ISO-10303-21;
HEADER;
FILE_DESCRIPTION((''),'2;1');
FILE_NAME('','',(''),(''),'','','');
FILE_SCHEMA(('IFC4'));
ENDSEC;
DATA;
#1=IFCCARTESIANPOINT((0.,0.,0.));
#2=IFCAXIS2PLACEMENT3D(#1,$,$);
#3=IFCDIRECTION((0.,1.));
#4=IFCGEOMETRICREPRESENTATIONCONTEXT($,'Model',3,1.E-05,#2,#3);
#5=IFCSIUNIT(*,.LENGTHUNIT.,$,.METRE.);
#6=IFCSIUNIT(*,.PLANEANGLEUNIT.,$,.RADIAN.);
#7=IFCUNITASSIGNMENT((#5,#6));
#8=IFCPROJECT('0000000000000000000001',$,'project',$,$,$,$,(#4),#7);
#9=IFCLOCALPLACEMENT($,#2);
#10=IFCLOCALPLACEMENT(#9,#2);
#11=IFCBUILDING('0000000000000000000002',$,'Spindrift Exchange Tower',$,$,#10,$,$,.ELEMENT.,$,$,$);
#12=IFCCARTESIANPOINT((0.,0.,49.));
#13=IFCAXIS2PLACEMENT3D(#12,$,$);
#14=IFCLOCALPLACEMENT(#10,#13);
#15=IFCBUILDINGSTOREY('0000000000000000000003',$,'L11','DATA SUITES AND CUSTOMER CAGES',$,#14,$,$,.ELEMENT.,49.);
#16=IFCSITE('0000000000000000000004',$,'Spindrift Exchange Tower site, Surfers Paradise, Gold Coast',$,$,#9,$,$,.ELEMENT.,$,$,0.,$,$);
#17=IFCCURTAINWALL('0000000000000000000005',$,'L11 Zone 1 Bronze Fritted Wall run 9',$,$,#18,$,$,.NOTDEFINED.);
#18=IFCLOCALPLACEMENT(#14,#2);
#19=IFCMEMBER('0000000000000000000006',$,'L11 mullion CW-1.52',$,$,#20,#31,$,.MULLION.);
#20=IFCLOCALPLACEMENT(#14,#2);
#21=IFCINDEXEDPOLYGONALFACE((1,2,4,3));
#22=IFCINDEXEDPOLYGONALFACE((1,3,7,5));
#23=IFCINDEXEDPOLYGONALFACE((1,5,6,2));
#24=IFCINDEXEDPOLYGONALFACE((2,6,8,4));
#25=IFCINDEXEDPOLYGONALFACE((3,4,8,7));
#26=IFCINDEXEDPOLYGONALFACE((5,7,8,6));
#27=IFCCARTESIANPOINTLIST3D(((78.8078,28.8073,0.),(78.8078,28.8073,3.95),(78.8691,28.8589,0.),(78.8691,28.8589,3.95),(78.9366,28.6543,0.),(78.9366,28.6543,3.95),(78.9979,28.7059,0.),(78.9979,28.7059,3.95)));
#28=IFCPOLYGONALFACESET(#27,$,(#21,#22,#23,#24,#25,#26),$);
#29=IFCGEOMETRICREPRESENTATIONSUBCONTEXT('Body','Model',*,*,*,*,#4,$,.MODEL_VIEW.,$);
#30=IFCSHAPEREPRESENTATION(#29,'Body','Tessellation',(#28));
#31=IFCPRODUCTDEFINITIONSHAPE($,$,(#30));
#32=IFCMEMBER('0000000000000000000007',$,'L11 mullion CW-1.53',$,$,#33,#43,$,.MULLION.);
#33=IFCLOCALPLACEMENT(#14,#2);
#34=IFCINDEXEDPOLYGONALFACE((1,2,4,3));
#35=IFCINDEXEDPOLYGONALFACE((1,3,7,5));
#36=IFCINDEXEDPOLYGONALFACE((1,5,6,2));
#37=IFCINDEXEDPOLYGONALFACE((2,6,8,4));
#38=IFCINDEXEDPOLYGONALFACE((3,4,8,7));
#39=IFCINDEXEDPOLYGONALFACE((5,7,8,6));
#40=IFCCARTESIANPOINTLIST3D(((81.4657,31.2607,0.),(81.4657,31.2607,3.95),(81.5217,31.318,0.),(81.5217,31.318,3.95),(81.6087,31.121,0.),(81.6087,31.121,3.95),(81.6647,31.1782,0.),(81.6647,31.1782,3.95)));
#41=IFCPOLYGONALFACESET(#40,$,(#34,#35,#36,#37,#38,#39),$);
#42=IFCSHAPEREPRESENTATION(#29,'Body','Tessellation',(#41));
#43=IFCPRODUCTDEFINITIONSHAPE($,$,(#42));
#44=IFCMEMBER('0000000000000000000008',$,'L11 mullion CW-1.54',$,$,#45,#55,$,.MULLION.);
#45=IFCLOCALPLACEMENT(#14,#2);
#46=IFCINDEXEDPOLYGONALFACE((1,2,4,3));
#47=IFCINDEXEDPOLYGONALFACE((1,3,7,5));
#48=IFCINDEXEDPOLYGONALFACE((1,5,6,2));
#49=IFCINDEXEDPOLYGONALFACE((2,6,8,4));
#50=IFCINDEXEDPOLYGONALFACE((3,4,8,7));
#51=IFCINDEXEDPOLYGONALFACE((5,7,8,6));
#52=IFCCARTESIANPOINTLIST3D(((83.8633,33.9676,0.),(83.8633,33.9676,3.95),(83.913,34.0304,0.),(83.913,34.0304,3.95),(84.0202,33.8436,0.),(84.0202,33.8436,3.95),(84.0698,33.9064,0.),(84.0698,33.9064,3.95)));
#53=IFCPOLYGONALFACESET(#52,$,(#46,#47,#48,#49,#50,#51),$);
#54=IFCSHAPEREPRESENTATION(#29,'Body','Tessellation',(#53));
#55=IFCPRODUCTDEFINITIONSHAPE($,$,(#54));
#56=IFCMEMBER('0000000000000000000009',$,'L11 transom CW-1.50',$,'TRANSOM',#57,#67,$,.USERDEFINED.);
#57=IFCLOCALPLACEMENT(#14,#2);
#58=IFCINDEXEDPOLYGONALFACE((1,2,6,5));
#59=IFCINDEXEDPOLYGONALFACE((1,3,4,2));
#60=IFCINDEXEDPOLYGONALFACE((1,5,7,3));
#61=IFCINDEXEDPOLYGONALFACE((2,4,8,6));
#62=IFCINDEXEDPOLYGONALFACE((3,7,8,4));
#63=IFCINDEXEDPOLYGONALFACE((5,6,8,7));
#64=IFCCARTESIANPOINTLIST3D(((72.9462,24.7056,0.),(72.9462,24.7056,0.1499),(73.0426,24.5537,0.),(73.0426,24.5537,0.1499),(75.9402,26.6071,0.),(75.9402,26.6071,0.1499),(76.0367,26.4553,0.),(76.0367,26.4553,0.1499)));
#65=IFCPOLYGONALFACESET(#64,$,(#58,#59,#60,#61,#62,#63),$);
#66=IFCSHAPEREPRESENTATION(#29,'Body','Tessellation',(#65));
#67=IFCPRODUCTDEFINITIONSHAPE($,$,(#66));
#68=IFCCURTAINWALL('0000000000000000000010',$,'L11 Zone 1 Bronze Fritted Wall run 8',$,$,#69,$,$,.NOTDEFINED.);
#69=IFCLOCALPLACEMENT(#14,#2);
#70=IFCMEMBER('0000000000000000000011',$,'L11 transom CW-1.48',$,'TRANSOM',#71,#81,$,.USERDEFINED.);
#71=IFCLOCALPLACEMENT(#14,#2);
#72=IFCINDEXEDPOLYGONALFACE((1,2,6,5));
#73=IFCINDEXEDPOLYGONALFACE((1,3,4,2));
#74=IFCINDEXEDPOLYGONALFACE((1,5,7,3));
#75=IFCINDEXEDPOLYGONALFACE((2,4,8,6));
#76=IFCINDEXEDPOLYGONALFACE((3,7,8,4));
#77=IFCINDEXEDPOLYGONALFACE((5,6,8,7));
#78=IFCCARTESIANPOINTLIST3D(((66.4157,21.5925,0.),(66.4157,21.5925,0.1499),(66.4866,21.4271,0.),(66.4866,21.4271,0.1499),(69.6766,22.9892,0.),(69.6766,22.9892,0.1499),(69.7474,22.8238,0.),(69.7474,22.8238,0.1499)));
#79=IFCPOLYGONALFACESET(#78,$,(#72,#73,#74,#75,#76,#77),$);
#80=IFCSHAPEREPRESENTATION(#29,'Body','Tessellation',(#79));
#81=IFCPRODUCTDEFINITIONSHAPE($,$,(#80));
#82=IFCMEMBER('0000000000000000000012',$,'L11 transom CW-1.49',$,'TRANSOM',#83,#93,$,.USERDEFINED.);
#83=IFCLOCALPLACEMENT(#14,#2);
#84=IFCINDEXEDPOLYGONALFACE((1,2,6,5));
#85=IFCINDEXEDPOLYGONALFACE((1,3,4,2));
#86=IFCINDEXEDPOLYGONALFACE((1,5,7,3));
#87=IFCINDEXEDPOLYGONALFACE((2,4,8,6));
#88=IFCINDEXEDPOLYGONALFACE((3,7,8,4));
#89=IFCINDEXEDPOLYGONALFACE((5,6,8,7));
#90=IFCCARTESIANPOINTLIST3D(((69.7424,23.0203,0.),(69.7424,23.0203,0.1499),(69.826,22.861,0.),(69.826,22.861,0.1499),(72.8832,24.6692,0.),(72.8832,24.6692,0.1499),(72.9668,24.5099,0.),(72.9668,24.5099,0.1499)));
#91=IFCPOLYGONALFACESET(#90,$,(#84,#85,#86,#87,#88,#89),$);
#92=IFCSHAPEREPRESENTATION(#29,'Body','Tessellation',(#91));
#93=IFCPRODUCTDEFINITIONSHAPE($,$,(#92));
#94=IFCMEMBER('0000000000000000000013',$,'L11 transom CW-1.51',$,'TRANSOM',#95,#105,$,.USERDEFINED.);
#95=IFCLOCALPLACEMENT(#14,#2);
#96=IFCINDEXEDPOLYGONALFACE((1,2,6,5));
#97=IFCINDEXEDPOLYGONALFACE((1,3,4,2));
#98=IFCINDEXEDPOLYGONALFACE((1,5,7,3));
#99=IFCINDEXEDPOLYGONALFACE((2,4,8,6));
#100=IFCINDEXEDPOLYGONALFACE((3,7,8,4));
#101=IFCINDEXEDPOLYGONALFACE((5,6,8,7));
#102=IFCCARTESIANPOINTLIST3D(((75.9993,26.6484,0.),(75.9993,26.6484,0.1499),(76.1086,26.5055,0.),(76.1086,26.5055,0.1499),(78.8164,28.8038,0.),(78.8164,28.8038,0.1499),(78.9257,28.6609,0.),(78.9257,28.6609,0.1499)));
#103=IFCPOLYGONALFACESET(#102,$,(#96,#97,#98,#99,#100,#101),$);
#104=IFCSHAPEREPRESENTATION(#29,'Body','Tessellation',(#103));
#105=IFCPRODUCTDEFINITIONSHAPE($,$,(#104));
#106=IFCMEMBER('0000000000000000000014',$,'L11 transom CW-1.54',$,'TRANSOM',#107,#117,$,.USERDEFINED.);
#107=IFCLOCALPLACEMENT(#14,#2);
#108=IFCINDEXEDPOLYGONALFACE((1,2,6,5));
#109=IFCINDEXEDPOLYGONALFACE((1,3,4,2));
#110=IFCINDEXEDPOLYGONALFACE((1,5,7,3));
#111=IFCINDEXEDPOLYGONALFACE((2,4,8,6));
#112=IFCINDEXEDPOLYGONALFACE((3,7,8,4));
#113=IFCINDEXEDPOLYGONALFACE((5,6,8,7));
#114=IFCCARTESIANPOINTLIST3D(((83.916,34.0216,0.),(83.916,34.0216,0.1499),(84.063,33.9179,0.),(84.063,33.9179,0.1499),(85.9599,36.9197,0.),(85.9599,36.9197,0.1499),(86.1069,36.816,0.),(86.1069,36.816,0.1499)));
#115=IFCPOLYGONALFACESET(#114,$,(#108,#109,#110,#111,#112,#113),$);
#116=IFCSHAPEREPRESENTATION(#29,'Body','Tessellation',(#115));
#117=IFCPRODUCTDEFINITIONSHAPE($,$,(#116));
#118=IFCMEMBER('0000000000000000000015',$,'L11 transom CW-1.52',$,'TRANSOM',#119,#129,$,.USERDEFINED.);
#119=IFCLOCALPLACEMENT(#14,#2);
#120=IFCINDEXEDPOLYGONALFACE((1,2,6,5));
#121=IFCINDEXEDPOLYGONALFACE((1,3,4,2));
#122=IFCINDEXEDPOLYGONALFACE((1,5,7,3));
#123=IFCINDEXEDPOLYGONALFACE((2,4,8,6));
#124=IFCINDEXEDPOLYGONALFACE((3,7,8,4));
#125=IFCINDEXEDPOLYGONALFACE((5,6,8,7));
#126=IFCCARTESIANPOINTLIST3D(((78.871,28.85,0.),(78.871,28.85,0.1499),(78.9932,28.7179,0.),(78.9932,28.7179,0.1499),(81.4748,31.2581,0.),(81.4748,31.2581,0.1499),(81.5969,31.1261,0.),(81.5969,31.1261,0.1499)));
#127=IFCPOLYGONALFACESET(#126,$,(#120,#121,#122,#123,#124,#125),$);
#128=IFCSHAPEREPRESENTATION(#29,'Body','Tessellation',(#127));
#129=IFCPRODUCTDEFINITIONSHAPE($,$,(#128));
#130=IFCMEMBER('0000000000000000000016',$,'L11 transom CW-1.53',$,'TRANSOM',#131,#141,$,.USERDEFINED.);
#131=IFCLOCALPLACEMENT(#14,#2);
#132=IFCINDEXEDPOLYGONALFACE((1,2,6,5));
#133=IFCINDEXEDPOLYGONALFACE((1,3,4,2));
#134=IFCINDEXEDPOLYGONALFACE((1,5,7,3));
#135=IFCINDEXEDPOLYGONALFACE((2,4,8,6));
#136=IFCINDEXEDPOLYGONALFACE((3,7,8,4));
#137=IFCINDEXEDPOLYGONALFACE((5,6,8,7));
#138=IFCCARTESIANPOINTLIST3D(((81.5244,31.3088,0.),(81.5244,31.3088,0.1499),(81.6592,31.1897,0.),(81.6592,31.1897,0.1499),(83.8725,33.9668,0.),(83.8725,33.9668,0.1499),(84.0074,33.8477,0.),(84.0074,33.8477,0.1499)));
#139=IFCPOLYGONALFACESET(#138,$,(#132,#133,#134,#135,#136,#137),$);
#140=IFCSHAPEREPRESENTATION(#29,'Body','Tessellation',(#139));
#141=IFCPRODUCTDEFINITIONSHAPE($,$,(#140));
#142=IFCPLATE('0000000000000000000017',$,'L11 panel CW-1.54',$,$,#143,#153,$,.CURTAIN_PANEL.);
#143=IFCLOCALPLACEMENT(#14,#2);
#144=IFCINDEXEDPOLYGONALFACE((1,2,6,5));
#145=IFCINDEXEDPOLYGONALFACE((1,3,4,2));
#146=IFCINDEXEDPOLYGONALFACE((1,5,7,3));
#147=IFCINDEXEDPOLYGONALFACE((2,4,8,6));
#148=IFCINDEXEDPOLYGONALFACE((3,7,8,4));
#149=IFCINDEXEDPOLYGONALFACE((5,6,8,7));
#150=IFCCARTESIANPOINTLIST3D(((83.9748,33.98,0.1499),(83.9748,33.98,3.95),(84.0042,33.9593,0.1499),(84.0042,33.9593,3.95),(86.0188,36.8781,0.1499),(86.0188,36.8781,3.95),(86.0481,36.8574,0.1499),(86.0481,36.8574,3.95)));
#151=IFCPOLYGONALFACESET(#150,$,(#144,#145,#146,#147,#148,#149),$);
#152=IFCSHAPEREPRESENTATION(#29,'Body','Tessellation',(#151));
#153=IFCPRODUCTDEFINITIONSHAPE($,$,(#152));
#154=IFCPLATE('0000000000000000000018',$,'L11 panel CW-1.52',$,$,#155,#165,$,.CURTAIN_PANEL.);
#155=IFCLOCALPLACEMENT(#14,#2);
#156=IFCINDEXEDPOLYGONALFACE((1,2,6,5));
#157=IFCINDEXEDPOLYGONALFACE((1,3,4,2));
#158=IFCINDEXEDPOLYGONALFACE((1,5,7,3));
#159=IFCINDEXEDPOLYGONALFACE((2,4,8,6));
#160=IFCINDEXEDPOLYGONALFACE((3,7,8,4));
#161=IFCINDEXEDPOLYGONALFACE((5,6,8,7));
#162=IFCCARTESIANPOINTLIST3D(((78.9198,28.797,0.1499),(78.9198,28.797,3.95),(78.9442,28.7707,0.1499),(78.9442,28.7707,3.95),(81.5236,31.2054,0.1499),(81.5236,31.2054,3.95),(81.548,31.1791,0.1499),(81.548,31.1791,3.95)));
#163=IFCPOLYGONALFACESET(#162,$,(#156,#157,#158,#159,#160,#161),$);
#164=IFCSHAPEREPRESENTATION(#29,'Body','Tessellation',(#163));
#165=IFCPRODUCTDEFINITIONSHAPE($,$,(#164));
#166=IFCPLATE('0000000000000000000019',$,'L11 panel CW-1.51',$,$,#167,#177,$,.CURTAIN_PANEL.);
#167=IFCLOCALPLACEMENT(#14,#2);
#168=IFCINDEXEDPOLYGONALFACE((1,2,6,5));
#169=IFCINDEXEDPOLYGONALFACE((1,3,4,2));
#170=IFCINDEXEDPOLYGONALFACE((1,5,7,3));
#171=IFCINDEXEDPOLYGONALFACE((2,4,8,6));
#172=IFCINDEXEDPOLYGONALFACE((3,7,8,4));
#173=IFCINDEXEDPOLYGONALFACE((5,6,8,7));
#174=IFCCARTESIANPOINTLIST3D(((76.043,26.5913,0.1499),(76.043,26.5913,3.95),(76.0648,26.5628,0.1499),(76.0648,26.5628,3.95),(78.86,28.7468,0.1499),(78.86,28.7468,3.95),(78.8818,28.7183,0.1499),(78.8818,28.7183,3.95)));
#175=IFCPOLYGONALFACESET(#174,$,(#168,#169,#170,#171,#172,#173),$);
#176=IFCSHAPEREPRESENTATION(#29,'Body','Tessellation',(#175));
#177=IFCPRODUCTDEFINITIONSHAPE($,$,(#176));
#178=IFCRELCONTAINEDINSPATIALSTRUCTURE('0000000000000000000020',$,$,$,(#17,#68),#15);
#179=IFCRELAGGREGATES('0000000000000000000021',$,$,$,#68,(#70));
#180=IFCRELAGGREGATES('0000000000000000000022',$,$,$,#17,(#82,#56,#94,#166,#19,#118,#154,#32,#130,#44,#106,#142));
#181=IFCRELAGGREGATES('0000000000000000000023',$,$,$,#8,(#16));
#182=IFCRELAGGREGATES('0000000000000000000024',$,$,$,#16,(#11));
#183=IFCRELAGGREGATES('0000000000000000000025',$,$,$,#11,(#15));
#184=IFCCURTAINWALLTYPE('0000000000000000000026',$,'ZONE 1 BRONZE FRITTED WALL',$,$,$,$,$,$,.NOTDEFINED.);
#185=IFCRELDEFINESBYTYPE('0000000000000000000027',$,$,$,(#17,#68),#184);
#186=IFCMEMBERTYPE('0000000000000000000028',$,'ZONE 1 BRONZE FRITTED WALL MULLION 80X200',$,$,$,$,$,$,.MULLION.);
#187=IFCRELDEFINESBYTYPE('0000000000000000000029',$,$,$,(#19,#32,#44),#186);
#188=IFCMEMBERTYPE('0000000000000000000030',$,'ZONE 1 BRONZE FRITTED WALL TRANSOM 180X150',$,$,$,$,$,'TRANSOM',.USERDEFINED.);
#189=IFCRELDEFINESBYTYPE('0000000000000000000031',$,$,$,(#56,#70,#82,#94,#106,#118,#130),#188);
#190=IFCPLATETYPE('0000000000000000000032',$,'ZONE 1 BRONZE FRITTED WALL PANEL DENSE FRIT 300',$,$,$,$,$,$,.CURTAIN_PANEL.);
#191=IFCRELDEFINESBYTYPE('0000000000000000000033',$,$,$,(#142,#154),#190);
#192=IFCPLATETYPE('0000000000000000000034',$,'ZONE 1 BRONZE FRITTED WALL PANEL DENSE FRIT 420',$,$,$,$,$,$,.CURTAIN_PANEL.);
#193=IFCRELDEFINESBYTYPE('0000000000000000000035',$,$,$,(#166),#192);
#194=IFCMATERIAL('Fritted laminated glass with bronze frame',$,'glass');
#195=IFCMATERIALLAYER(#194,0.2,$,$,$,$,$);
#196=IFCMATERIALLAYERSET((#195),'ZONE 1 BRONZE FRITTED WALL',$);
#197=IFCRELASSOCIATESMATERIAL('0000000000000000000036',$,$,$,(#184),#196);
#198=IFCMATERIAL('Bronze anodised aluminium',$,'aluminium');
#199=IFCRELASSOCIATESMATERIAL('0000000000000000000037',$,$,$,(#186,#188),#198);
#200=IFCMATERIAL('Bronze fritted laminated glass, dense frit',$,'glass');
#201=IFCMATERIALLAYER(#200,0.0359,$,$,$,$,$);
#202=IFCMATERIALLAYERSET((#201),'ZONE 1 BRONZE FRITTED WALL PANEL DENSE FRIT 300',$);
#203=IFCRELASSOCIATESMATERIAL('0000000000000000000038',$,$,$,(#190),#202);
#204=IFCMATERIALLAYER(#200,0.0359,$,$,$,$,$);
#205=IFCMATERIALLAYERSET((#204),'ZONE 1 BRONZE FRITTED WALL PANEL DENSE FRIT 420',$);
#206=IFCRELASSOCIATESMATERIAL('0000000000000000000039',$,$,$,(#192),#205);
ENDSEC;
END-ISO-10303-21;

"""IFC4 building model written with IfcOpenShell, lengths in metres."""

from ifc_helpers import new_model, si_unit, direction, frame, origin, origin_2d, place, context, subcontext, project, spatial, rectangle, extrude, source, transform, mapped, material, layer, layer_set, material_profile, profile_set, type_object, element, aggregate, save


model = new_model("IFC4")

# Units and contexts
model_context = context("Model", 3, precision=1e-05, world=origin(), true_north=direction((0.0, 1.0)))
body_context = subcontext(model_context, "Body", "Model", "MODEL_VIEW")
ifc_project = project(units=[si_unit("LENGTHUNIT", "METRE"), si_unit("PLANEANGLEUNIT", "RADIAN")], contexts=[model_context])

# Site, building, storey
site_placement = place(None, origin())
site = spatial("IfcSite", under=ifc_project, at=site_placement, Name="Spindrift Exchange Tower site, Surfers Paradise, Gold Coast", CompositionType="ELEMENT", RefElevation=0.0)
building_placement = place(site_placement, origin())
building = spatial("IfcBuilding", under=site, at=building_placement, Name="Spindrift Exchange Tower", CompositionType="ELEMENT")
storey_placement = place(building_placement, frame((0.0, 0.0, 49.0)))
storey = spatial("IfcBuildingStorey", under=building, at=storey_placement, Name="L11", Description="DATA SUITES AND CUSTOMER CAGES", CompositionType="ELEMENT", Elevation=49.0)

# Curtain wall, members
ifc_material_1 = material(Name="Fritted laminated glass with bronze frame", Category="glass")
ifc_layer_1 = layer(ifc_material_1, 0.2)
ifc_layer_set_1 = layer_set([ifc_layer_1], Name="ZONE 1 BRONZE FRITTED WALL")
curtain_wall_type = type_object("IfcCurtainWallType", Name="ZONE 1 BRONZE FRITTED WALL", PredefinedType="NOTDEFINED", material=ifc_layer_set_1)
curtain_wall_1_placement = place(storey_placement, origin())
curtain_wall_1 = element("IfcCurtainWall", 1, at=curtain_wall_1_placement, inside=storey, type_object=curtain_wall_type, Name="L11 Zone 1 Bronze Fritted Wall run 9", PredefinedType="NOTDEFINED")
ifc_material_2 = material(Name="Bronze anodised aluminium", Category="aluminium")
ifc_material_profile_1 = material_profile(ifc_material_2, rectangle(XDim=0.0801, YDim=0.2, at=origin_2d()), Name="ZONE 1 BRONZE FRITTED WALL MULLION 80X200")
ifc_profile_set_1 = profile_set([ifc_material_profile_1], Name="Bronze anodised aluminium")
member_type_1 = type_object("IfcMemberType", Name="ZONE 1 BRONZE FRITTED WALL MULLION 80X200", PredefinedType="MULLION", material=ifc_profile_set_1)
shared_shape_1 = source(origin(), body_context, "Body", "SweptSolid", [
    extrude(rectangle(XDim=0.0801, YDim=0.2, at=origin_2d()), origin(), (0.0, 0.0, 1.0), 3.95),
])
member_1_placement = place(storey_placement, frame((78.9028, 28.7566, 0.0), z_axis=(0.0, 0.0, 1.0), x_axis=(0.764985, 0.644049, 0.0)))
member_1 = element("IfcMember", 2, at=member_1_placement, type_object=member_type_1, Name="L11 mullion CW-1.52", PredefinedType="MULLION", context=body_context, shape_type="MappedRepresentation", body=[
    mapped(shared_shape_1, transform((0.0, 0.0, 0.0), scale=1.0)),
])
member_2_placement = place(storey_placement, frame((81.5652, 31.2195, 0.0), z_axis=(0.0, 0.0, 1.0), x_axis=(0.699005, 0.715117, 0.0)))
member_2 = element("IfcMember", 3, at=member_2_placement, type_object=member_type_1, Name="L11 mullion CW-1.53", PredefinedType="MULLION", context=body_context, shape_type="MappedRepresentation", body=[
    mapped(shared_shape_1, transform((0.0, 0.0, 0.0), scale=1.0)),
])
member_3_placement = place(storey_placement, frame((83.9666, 33.937, 0.0), z_axis=(0.0, 0.0, 1.0), x_axis=(0.620163, 0.784473, 0.0)))
member_3 = element("IfcMember", 4, at=member_3_placement, type_object=member_type_1, Name="L11 mullion CW-1.54", PredefinedType="MULLION", context=body_context, shape_type="MappedRepresentation", body=[
    mapped(shared_shape_1, transform((0.0, 0.0, 0.0), scale=1.0)),
])
ifc_material_profile_2 = material_profile(ifc_material_2, rectangle(XDim=0.1799, YDim=0.1499, at=origin_2d()), Name="ZONE 1 BRONZE FRITTED WALL TRANSOM 180X150")
ifc_profile_set_2 = profile_set([ifc_material_profile_2], Name="Bronze anodised aluminium")
member_type_2 = type_object("IfcMemberType", Name="ZONE 1 BRONZE FRITTED WALL TRANSOM 180X150", ElementType="TRANSOM", PredefinedType="USERDEFINED", material=ifc_profile_set_2)
shared_shape_2 = source(origin(), body_context, "Body", "SweptSolid", [
    extrude(rectangle(XDim=0.1799, YDim=0.1499, at=origin_2d()), origin(), (0.0, 0.0, 1.0), 3.5469),
])
member_4_placement = place(storey_placement, frame((72.9944, 24.6296, 0.075), z_axis=(0.84414, 0.536123, 0.0), x_axis=(-0.536123, 0.84414, 0.0)))
member_4 = element("IfcMember", 5, at=member_4_placement, type_object=member_type_2, Name="L11 transom CW-1.50", ObjectType="TRANSOM", PredefinedType="USERDEFINED", context=body_context, shape_type="MappedRepresentation", body=[
    mapped(shared_shape_2, transform((0.0, 0.0, 0.0), scale=1.0)),
])

# Curtain wall, member
curtain_wall_2_placement = place(storey_placement, origin())
curtain_wall_2 = element("IfcCurtainWall", 6, at=curtain_wall_2_placement, inside=storey, type_object=curtain_wall_type, Name="L11 Zone 1 Bronze Fritted Wall run 8", PredefinedType="NOTDEFINED")
shared_shape_3 = source(origin(), body_context, "Body", "SweptSolid", [
    extrude(rectangle(XDim=0.1799, YDim=0.1499, at=origin_2d()), origin(), (0.0, 0.0, 1.0), 3.5474),
])
member_5_placement = place(storey_placement, frame((66.4512, 21.5098, 0.075), z_axis=(0.91922, 0.393745, 0.0), x_axis=(-0.393745, 0.91922, 0.0)))
member_5 = element("IfcMember", 7, at=member_5_placement, type_object=member_type_2, Name="L11 transom CW-1.48", ObjectType="TRANSOM", PredefinedType="USERDEFINED", context=body_context, shape_type="MappedRepresentation", body=[
    mapped(shared_shape_3, transform((0.0, 0.0, 0.0), scale=1.0)),
])

# Members
member_6_placement = place(storey_placement, frame((69.7842, 22.9407, 0.075), z_axis=(0.885401, 0.464827, 0.0), x_axis=(-0.464827, 0.885401, 0.0)))
member_6 = element("IfcMember", 8, at=member_6_placement, type_object=member_type_2, Name="L11 transom CW-1.49", ObjectType="TRANSOM", PredefinedType="USERDEFINED", context=body_context, shape_type="MappedRepresentation", body=[
    mapped(shared_shape_3, transform((0.0, 0.0, 0.0), scale=1.0)),
])
shared_shape_4 = source(origin(), body_context, "Body", "SweptSolid", [
    extrude(rectangle(XDim=0.1799, YDim=0.1499, at=origin_2d()), origin(), (0.0, 0.0, 1.0), 3.5471),
])
member_7_placement = place(storey_placement, frame((76.054, 26.5769, 0.075), z_axis=(0.79419, 0.60767, 0.0), x_axis=(-0.60767, 0.79419, 0.0)))
member_7 = element("IfcMember", 9, at=member_7_placement, type_object=member_type_2, Name="L11 transom CW-1.51", ObjectType="TRANSOM", PredefinedType="USERDEFINED", context=body_context, shape_type="MappedRepresentation", body=[
    mapped(shared_shape_4, transform((0.0, 0.0, 0.0), scale=1.0)),
])
shared_shape_5 = source(origin(), body_context, "Body", "SweptSolid", [
    extrude(rectangle(XDim=0.1799, YDim=0.1499, at=origin_2d()), origin(), (0.0, 0.0, 1.0), 3.5464),
])
member_8_placement = place(storey_placement, frame((83.9895, 33.9697, 0.075), z_axis=(0.576337, 0.817212, 0.0), x_axis=(-0.817212, 0.576337, 0.0)))
member_8 = element("IfcMember", 10, at=member_8_placement, type_object=member_type_2, Name="L11 transom CW-1.54", ObjectType="TRANSOM", PredefinedType="USERDEFINED", context=body_context, shape_type="MappedRepresentation", body=[
    mapped(shared_shape_5, transform((0.0, 0.0, 0.0), scale=1.0)),
])
shared_shape_6 = source(origin(), body_context, "Body", "SweptSolid", [
    extrude(rectangle(XDim=0.1799, YDim=0.1499, at=origin_2d()), origin(), (0.0, 0.0, 1.0), 3.5466),
])
member_9_placement = place(storey_placement, frame((78.9321, 28.7839, 0.075), z_axis=(0.734138, 0.679, 0.0), x_axis=(-0.679, 0.734138, 0.0)))
member_9 = element("IfcMember", 11, at=member_9_placement, type_object=member_type_2, Name="L11 transom CW-1.52", ObjectType="TRANSOM", PredefinedType="USERDEFINED", context=body_context, shape_type="MappedRepresentation", body=[
    mapped(shared_shape_6, transform((0.0, 0.0, 0.0), scale=1.0)),
])
member_10_placement = place(storey_placement, frame((81.5918, 31.2493, 0.075), z_axis=(0.662079, 0.749434, 0.0), x_axis=(-0.749434, 0.662079, 0.0)))
member_10 = element("IfcMember", 12, at=member_10_placement, type_object=member_type_2, Name="L11 transom CW-1.53", ObjectType="TRANSOM", PredefinedType="USERDEFINED", context=body_context, shape_type="MappedRepresentation", body=[
    mapped(shared_shape_6, transform((0.0, 0.0, 0.0), scale=1.0)),
])

# Plates
ifc_material_3 = material(Name="Bronze fritted laminated glass, dense frit", Category="glass")
ifc_layer_2 = layer(ifc_material_3, 0.0359)
ifc_layer_set_2 = layer_set([ifc_layer_2], Name="ZONE 1 BRONZE FRITTED WALL PANEL DENSE FRIT 300")
plate_type_1 = type_object("IfcPlateType", Name="ZONE 1 BRONZE FRITTED WALL PANEL DENSE FRIT 300", PredefinedType="CURTAIN_PANEL", material=ifc_layer_set_2)
shared_shape_7 = source(origin(), body_context, "Body", "SweptSolid", [
    extrude(rectangle(XDim=3.5464, YDim=0.0359, at=origin_2d()), origin(), (0.0, 0.0, 1.0), 3.8),
])
plate_1_placement = place(storey_placement, frame((85.0115, 35.4187, 0.1499), z_axis=(0.0, 0.0, 1.0), x_axis=(0.57635, 0.817203, 0.0)))
plate_1 = element("IfcPlate", 13, at=plate_1_placement, type_object=plate_type_1, Name="L11 panel CW-1.54", PredefinedType="CURTAIN_PANEL", context=body_context, shape_type="MappedRepresentation", body=[
    mapped(shared_shape_7, transform((0.0, 0.0, 0.0), scale=1.0)),
])
shared_shape_8 = source(origin(), body_context, "Body", "SweptSolid", [
    extrude(rectangle(XDim=3.5469, YDim=0.0359, at=origin_2d()), origin(), (0.0, 0.0, 1.0), 3.8),
])
plate_2_placement = place(storey_placement, frame((80.2339, 29.988, 0.1499), z_axis=(0.0, 0.0, 1.0), x_axis=(0.734115, 0.679025, 0.0)))
plate_2 = element("IfcPlate", 14, at=plate_2_placement, type_object=plate_type_1, Name="L11 panel CW-1.52", PredefinedType="CURTAIN_PANEL", context=body_context, shape_type="MappedRepresentation", body=[
    mapped(shared_shape_8, transform((0.0, 0.0, 0.0), scale=1.0)),
])
ifc_layer_3 = layer(ifc_material_3, 0.0359)
ifc_layer_set_3 = layer_set([ifc_layer_3], Name="ZONE 1 BRONZE FRITTED WALL PANEL DENSE FRIT 420")
plate_type_2 = type_object("IfcPlateType", Name="ZONE 1 BRONZE FRITTED WALL PANEL DENSE FRIT 420", PredefinedType="CURTAIN_PANEL", material=ifc_layer_set_3)
shared_shape_9 = source(origin(), body_context, "Body", "SweptSolid", [
    extrude(rectangle(XDim=3.5471, YDim=0.0359, at=origin_2d()), origin(), (0.0, 0.0, 1.0), 3.8),
])
plate_3_placement = place(storey_placement, frame((77.4624, 27.6548, 0.1499), z_axis=(0.0, 0.0, 1.0), x_axis=(0.79419, 0.60767, 0.0)))
plate_3 = element("IfcPlate", 15, at=plate_3_placement, type_object=plate_type_2, Name="L11 panel CW-1.51", PredefinedType="CURTAIN_PANEL", context=body_context, shape_type="MappedRepresentation", body=[
    mapped(shared_shape_9, transform((0.0, 0.0, 0.0), scale=1.0)),
])
aggregate(curtain_wall_2, [member_5])
aggregate(curtain_wall_1, [member_6, member_4, member_7, plate_3, member_1, member_9, plate_2, member_2, member_10, member_3, member_8, plate_1])

save(model, "model.ifc")
